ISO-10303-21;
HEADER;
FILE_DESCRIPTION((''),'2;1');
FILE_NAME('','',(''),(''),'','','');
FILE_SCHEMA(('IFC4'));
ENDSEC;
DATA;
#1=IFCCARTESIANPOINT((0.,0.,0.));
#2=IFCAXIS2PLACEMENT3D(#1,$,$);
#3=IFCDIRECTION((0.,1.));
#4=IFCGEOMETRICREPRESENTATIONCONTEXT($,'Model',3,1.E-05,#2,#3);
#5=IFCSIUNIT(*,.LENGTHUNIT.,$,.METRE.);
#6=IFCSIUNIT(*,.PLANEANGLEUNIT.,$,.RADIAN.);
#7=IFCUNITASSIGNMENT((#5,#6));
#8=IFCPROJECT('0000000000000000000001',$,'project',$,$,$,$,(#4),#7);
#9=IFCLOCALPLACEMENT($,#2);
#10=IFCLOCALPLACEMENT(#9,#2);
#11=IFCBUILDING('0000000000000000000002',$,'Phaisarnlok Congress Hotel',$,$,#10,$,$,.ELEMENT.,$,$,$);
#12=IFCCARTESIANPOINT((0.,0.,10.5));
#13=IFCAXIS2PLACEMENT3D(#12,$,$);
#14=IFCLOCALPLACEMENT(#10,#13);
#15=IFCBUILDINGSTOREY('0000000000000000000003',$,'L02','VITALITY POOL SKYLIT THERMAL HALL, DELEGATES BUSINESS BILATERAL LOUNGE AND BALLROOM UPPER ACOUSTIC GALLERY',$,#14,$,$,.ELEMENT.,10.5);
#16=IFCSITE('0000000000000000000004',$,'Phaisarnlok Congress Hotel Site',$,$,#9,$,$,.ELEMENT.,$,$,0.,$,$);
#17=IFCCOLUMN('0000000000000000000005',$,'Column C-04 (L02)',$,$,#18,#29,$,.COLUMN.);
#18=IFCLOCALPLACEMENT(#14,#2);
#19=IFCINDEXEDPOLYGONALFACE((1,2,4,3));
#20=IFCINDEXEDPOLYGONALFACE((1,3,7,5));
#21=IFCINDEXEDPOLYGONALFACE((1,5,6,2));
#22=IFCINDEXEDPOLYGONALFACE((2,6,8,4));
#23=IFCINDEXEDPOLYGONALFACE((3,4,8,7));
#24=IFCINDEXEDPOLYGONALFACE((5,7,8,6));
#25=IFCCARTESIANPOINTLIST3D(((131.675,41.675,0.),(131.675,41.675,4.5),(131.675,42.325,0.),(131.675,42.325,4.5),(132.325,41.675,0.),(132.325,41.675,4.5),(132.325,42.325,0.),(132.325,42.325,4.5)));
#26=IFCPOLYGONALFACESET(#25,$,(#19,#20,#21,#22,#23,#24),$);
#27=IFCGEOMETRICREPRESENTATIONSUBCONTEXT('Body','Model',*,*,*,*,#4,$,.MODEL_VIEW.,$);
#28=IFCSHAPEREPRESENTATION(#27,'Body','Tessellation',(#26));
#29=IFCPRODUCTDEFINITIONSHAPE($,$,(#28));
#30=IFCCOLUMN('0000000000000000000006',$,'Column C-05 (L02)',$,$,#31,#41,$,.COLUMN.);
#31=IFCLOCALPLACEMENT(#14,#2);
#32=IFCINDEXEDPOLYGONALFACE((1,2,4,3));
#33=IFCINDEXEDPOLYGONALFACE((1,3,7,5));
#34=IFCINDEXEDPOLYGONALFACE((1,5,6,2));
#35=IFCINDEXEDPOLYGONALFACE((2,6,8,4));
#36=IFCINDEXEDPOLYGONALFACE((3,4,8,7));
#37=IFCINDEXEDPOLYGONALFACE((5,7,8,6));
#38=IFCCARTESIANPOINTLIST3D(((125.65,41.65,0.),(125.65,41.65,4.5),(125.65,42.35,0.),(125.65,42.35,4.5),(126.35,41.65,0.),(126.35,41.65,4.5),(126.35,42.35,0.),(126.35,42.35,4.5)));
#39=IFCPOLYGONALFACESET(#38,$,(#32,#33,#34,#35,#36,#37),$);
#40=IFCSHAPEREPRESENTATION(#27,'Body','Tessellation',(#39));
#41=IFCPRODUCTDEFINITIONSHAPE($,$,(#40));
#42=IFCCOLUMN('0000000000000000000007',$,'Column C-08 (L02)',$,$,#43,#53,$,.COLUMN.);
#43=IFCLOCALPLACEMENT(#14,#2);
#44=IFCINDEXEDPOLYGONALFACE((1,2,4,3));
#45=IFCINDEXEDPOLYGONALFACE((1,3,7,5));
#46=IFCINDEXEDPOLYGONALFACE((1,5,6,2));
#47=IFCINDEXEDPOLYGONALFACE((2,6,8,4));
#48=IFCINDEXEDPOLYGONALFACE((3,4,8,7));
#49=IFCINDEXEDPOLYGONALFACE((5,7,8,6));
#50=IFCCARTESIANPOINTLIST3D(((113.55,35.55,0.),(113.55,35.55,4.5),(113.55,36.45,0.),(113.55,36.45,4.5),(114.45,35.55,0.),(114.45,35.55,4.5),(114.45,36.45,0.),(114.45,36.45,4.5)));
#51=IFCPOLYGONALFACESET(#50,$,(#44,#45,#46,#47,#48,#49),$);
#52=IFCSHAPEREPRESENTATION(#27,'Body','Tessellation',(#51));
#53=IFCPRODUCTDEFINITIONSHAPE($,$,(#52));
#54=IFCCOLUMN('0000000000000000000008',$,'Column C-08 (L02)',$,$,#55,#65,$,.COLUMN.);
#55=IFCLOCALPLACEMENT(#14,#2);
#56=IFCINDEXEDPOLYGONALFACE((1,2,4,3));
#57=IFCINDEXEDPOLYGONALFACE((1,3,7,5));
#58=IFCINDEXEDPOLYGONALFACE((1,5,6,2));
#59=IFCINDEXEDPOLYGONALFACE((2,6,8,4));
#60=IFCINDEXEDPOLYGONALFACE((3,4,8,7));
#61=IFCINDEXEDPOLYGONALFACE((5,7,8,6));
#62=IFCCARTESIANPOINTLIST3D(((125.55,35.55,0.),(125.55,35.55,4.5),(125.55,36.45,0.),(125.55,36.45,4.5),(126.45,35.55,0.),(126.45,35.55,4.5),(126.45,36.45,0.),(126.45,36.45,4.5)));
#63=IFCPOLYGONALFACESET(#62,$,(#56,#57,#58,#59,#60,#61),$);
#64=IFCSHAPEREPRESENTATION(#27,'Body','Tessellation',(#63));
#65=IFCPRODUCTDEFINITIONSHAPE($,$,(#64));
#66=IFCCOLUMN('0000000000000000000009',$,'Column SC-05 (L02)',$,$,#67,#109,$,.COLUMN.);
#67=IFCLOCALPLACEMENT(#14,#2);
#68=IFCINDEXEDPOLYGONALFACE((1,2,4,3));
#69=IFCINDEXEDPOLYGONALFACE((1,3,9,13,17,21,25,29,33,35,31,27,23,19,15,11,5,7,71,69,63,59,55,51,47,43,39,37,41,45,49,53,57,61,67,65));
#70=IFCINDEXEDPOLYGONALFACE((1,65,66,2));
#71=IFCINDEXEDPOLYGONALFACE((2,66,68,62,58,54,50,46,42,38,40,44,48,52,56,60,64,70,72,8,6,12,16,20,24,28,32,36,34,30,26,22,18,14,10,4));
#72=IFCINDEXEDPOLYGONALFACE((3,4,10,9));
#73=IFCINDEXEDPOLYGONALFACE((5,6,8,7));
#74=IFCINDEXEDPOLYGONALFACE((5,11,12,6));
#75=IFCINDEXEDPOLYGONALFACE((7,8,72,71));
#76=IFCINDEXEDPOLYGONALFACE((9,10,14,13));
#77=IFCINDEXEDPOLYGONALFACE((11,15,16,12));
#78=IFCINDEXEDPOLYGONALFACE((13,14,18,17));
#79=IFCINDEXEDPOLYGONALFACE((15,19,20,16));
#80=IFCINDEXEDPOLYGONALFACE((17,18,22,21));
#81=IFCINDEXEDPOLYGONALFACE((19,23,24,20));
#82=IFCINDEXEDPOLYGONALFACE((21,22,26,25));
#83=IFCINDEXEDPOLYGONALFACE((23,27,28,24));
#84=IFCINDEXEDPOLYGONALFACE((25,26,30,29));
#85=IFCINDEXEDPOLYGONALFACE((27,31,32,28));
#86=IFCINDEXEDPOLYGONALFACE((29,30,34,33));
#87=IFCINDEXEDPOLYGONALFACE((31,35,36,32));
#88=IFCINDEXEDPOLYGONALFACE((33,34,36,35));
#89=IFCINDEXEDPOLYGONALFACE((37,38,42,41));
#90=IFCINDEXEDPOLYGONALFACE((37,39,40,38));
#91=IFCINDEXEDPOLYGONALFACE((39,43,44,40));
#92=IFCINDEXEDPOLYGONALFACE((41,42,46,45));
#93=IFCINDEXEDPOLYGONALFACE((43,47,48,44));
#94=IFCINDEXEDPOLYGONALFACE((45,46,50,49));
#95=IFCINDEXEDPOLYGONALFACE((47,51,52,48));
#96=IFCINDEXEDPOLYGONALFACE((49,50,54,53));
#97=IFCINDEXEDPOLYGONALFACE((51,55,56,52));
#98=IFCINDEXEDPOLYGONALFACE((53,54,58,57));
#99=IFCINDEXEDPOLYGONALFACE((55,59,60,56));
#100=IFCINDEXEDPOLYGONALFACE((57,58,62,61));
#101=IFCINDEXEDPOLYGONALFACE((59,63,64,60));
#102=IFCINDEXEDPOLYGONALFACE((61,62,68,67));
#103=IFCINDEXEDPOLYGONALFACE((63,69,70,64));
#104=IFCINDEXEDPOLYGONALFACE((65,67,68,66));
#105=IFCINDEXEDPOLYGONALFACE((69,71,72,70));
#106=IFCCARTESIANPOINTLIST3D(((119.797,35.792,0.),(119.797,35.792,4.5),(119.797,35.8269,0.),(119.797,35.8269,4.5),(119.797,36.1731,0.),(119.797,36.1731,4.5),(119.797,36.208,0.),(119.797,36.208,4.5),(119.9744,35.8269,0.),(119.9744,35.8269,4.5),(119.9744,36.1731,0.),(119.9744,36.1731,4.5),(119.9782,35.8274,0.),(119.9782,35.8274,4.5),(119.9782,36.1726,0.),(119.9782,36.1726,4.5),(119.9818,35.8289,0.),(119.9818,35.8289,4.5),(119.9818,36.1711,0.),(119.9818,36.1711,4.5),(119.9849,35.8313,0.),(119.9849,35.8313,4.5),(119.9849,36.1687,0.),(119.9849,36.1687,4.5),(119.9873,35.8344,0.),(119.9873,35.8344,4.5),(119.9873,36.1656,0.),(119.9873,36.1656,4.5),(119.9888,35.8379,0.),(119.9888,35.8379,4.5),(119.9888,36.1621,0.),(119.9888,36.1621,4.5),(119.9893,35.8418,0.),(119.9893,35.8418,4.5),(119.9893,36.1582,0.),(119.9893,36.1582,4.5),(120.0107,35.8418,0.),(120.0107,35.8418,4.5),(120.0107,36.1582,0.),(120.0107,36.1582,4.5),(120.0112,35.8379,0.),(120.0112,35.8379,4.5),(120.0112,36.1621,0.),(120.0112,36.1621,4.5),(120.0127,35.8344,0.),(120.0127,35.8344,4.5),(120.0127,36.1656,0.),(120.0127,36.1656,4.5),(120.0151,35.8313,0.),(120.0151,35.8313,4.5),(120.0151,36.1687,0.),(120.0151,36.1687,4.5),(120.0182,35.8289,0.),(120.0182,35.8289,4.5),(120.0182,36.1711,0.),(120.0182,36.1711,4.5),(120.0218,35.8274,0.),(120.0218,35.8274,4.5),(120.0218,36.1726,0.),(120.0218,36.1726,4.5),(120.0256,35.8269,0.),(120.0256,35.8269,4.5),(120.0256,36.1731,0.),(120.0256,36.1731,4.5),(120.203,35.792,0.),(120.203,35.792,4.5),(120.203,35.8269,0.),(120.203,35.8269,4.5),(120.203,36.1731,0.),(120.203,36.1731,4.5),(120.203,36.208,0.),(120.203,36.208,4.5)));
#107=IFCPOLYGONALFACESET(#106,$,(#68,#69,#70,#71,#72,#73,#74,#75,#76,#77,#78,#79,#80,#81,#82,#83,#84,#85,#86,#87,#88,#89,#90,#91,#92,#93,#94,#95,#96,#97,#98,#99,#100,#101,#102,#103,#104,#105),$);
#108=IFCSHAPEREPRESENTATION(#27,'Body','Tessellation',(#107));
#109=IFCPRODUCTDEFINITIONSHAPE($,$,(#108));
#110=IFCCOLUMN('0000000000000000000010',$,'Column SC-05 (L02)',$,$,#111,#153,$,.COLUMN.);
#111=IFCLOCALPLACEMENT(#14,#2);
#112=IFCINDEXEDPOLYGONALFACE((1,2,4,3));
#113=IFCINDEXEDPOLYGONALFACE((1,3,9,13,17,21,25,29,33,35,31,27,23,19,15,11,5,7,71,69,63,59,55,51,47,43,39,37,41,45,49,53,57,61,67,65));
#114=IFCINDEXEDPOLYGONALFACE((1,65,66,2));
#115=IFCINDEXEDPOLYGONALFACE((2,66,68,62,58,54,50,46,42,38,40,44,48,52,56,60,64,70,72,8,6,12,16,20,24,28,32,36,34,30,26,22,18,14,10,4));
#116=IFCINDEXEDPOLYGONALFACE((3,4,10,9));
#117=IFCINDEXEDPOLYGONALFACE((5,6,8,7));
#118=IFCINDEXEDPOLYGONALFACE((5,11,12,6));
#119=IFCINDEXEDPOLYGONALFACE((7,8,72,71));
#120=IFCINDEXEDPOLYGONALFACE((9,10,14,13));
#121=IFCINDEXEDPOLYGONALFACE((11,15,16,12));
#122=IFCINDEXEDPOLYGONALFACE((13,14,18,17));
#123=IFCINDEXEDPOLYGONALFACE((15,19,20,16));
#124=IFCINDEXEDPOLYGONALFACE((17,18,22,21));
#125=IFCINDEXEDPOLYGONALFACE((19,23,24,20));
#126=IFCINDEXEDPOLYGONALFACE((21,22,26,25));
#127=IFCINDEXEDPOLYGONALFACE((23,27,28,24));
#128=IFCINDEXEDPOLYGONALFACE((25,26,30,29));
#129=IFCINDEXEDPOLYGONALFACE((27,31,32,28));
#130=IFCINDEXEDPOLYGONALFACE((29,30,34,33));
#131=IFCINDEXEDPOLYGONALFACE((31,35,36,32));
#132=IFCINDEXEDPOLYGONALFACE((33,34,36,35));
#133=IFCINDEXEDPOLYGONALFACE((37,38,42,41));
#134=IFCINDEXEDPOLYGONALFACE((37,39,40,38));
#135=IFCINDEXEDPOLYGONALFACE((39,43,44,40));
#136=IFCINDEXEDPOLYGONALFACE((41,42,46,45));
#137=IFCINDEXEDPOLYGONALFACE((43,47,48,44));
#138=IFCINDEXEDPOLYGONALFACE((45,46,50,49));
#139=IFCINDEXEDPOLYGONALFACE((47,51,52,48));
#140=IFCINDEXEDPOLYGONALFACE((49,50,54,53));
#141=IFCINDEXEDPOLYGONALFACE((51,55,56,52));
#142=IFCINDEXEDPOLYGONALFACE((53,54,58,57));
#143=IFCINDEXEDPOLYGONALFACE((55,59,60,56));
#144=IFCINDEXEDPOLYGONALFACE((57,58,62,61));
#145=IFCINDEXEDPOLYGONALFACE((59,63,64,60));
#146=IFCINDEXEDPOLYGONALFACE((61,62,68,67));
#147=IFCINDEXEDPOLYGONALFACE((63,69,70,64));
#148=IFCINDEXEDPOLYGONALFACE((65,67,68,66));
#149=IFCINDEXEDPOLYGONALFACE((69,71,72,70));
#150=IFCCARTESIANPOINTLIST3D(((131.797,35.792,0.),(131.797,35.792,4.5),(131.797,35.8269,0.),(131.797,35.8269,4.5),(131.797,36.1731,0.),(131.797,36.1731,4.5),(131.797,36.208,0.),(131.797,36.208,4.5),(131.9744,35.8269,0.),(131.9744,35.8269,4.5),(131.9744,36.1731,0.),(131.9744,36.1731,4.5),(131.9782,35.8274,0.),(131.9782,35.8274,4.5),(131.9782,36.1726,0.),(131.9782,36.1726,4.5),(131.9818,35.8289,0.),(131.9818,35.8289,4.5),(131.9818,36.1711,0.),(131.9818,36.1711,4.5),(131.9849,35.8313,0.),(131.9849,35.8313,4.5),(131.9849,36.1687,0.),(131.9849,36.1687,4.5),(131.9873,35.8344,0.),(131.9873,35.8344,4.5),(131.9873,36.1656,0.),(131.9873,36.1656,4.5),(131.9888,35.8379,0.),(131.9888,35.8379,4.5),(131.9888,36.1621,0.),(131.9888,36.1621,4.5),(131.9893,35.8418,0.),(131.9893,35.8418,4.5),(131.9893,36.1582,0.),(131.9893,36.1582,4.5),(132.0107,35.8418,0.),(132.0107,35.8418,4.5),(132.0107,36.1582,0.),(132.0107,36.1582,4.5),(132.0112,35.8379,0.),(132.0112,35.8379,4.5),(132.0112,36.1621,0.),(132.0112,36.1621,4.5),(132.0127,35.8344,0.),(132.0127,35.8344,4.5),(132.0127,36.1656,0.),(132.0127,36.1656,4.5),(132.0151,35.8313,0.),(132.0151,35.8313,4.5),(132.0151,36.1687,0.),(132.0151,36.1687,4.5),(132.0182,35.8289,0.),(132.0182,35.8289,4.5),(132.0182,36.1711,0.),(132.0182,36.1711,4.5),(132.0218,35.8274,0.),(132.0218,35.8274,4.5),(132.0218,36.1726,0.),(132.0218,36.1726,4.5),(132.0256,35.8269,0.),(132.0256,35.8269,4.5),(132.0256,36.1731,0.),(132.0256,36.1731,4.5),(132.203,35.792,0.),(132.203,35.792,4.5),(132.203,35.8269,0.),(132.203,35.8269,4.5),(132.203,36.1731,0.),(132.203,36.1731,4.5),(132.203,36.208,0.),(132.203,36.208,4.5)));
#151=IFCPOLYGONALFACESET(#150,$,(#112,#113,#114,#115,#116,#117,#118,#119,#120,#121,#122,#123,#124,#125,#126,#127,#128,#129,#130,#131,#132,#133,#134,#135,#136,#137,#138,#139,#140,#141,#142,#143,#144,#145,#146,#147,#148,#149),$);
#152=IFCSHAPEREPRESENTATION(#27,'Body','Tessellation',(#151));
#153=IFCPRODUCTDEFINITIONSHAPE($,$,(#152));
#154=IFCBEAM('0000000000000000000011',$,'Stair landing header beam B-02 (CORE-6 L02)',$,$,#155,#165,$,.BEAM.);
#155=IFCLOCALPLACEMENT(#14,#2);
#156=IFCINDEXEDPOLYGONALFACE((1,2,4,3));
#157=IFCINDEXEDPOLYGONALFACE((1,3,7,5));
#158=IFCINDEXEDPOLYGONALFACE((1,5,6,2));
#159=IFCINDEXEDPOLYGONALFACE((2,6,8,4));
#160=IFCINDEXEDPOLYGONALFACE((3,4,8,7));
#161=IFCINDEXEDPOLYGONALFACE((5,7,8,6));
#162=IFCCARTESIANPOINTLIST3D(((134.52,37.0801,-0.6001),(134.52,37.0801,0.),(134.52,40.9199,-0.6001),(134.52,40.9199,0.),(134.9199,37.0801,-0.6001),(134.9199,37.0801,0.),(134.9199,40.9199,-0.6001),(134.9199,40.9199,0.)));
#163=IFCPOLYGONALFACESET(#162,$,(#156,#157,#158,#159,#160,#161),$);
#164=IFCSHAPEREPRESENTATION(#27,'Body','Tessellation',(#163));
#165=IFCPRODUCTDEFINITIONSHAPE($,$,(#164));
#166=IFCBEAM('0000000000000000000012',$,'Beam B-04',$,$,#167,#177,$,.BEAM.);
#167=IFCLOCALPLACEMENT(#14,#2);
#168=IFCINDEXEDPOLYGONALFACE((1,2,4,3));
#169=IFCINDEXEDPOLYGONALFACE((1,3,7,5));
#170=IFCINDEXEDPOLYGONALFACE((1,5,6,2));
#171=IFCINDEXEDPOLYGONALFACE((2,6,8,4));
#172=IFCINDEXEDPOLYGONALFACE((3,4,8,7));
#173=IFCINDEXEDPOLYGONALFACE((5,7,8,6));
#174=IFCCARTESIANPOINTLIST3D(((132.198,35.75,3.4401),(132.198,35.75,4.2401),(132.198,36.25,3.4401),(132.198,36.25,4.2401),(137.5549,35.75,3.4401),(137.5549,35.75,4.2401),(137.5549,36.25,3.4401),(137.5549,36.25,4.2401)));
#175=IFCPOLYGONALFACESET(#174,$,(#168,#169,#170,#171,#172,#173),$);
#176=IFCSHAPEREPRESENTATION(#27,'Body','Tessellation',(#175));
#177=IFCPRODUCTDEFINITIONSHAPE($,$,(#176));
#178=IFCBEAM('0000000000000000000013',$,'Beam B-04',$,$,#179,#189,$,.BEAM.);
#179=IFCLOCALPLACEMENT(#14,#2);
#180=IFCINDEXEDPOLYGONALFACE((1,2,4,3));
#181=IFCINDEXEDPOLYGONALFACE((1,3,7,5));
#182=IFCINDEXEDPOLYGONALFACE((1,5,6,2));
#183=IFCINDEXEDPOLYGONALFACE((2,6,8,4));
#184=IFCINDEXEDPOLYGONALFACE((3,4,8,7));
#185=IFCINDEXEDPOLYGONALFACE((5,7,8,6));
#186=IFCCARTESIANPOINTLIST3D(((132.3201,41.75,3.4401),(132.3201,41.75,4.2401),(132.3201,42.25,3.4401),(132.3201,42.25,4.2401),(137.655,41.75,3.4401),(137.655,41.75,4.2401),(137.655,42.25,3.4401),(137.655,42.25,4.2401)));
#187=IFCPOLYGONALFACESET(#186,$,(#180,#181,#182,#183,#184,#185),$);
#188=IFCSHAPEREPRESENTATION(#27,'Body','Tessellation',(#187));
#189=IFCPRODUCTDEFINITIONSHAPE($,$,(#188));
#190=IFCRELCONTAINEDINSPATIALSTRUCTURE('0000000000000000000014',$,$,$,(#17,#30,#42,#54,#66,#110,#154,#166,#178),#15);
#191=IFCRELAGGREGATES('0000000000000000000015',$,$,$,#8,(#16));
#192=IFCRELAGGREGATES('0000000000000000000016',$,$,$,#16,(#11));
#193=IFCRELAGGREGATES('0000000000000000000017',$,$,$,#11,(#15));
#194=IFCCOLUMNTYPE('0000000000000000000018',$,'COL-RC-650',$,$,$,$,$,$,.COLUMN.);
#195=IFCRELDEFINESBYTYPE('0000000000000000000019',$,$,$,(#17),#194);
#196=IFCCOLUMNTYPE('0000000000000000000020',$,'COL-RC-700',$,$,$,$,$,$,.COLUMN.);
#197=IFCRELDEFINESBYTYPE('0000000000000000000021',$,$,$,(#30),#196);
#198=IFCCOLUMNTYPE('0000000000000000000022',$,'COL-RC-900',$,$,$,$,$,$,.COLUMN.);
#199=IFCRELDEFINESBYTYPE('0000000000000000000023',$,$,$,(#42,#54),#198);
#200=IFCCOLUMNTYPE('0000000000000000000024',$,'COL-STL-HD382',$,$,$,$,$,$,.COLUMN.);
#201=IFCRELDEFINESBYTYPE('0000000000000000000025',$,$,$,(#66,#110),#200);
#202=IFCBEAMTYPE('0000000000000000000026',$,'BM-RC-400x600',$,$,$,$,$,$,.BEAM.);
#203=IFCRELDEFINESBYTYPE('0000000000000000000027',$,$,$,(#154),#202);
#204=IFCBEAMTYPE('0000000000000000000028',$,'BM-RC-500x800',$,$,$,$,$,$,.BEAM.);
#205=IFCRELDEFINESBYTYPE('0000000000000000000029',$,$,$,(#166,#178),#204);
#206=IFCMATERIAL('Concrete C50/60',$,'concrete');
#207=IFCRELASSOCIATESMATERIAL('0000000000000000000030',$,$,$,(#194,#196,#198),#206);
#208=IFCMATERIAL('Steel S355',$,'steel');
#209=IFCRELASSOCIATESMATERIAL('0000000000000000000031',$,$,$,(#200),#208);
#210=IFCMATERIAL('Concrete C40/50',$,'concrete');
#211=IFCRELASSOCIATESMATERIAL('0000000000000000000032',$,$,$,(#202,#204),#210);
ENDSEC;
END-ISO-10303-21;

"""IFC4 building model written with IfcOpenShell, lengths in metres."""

from ifc_helpers import new_model, si_unit, direction, frame, origin, origin_2d, place, context, subcontext, project, spatial, rectangle, i_section, extrude, material, material_profile, profile_set, type_object, element, save


model = new_model("IFC4")

# Units and contexts
model_context = context("Model", 3, precision=1e-05, world=origin(), true_north=direction((0.0, 1.0)))
body_context = subcontext(model_context, "Body", "Model", "MODEL_VIEW")
ifc_project = project(units=[si_unit("LENGTHUNIT", "METRE"), si_unit("PLANEANGLEUNIT", "RADIAN")], contexts=[model_context])

# Site, building, storey
site_placement = place(None, origin())
site = spatial("IfcSite", under=ifc_project, at=site_placement, Name="Phaisarnlok Congress Hotel Site", CompositionType="ELEMENT", RefElevation=0.0)
building_placement = place(site_placement, origin())
building = spatial("IfcBuilding", under=site, at=building_placement, Name="Phaisarnlok Congress Hotel", CompositionType="ELEMENT")
storey_placement = place(building_placement, frame((0.0, 0.0, 10.5)))
storey = spatial("IfcBuildingStorey", under=building, at=storey_placement, Name="L02", Description="VITALITY POOL SKYLIT THERMAL HALL, DELEGATES BUSINESS BILATERAL LOUNGE AND BALLROOM UPPER ACOUSTIC GALLERY", CompositionType="ELEMENT", Elevation=10.5)

# Columns
ifc_material_1 = material(Name="Concrete C50/60", Category="concrete")
ifc_material_profile_1 = material_profile(ifc_material_1, rectangle(XDim=0.6499, YDim=0.6499, at=origin_2d()), Name="RC 650x650")
ifc_profile_set_1 = profile_set([ifc_material_profile_1], Name="Concrete C50/60")
column_type_1 = type_object("IfcColumnType", Name="COL-RC-650", PredefinedType="COLUMN", material=ifc_profile_set_1)
column_1_placement = place(storey_placement, frame((132.0, 42.0, 0.0), z_axis=(0.0, 0.0, 1.0), x_axis=(1.0, 0.0, 0.0)))
element("IfcColumn", 1, at=column_1_placement, inside=storey, type_object=column_type_1, Name="Column C-04 (L02)", PredefinedType="COLUMN", context=body_context, shape_type="SweptSolid", body=[
    extrude(rectangle(XDim=0.6499, YDim=0.6499, at=origin_2d()), origin(), (0.0, 0.0, 1.0), 4.5),
])
ifc_material_profile_2 = material_profile(ifc_material_1, rectangle(XDim=0.7, YDim=0.7, at=origin_2d()), Name="RC 700x700")
ifc_profile_set_2 = profile_set([ifc_material_profile_2], Name="Concrete C50/60")
column_type_2 = type_object("IfcColumnType", Name="COL-RC-700", PredefinedType="COLUMN", material=ifc_profile_set_2)
column_2_placement = place(storey_placement, frame((126.0, 42.0, 0.0), z_axis=(0.0, 0.0, 1.0), x_axis=(1.0, 0.0, 0.0)))
element("IfcColumn", 2, at=column_2_placement, inside=storey, type_object=column_type_2, Name="Column C-05 (L02)", PredefinedType="COLUMN", context=body_context, shape_type="SweptSolid", body=[
    extrude(rectangle(XDim=0.7, YDim=0.7, at=origin_2d()), origin(), (0.0, 0.0, 1.0), 4.5),
])
ifc_material_profile_3 = material_profile(ifc_material_1, rectangle(XDim=0.8999, YDim=0.8999, at=origin_2d()), Name="RC 900x900")
ifc_profile_set_3 = profile_set([ifc_material_profile_3], Name="Concrete C50/60")
column_type_3 = type_object("IfcColumnType", Name="COL-RC-900", PredefinedType="COLUMN", material=ifc_profile_set_3)
for number, where, z_axis, x_axis, name in (
    (3, (114.0, 36.0, 0.0), (0.0, 0.0, 1.0), (1.0, 0.0, 0.0), "Column C-08 (L02)"),
    (4, (126.0, 36.0, 0.0), (0.0, 0.0, 1.0), (1.0, 0.0, 0.0), "Column C-08 (L02)"),
):
    element("IfcColumn", number, at=place(storey_placement, frame(where, z_axis=z_axis, x_axis=x_axis)), inside=storey, type_object=column_type_3, Name=name, PredefinedType="COLUMN", context=body_context, shape_type="SweptSolid", body=[
        extrude(rectangle(XDim=0.8999, YDim=0.8999, at=origin_2d()), origin(), (0.0, 0.0, 1.0), 4.5),
    ])
ifc_material_2 = material(Name="Steel S355", Category="steel")
ifc_material_profile_4 = material_profile(ifc_material_2, i_section(OverallWidth=0.406, OverallDepth=0.416, WebThickness=0.0215, FlangeThickness=0.0349, FilletRadius=0.0149, at=origin_2d()), Name="HD 400x382")
ifc_profile_set_4 = profile_set([ifc_material_profile_4], Name="Steel S355")
column_type_4 = type_object("IfcColumnType", Name="COL-STL-HD382", PredefinedType="COLUMN", material=ifc_profile_set_4)
for number, where, z_axis, x_axis, name in (
    (5, (120.0, 36.0, 0.0), (0.0, 0.0, 1.0), (1.0, 0.0, 0.0), "Column SC-05 (L02)"),
    (6, (132.0, 36.0, 0.0), (0.0, 0.0, 1.0), (1.0, 0.0, 0.0), "Column SC-05 (L02)"),
):
    element("IfcColumn", number, at=place(storey_placement, frame(where, z_axis=z_axis, x_axis=x_axis)), inside=storey, type_object=column_type_4, Name=name, PredefinedType="COLUMN", context=body_context, shape_type="SweptSolid", body=[
        extrude(i_section(OverallWidth=0.406, OverallDepth=0.416, WebThickness=0.0215, FlangeThickness=0.0349, FilletRadius=0.0149, at=origin_2d()), origin(), (0.0, 0.0, 1.0), 4.5),
    ])

# Beams
ifc_material_3 = material(Name="Concrete C40/50", Category="concrete")
ifc_material_profile_5 = material_profile(ifc_material_3, rectangle(XDim=0.3999, YDim=0.6001, at=origin_2d()), Name="RC 400x600")
ifc_profile_set_5 = profile_set([ifc_material_profile_5], Name="Concrete C40/50")
beam_type_1 = type_object("IfcBeamType", Name="BM-RC-400x600", PredefinedType="BEAM", material=ifc_profile_set_5)
beam_1_placement = place(storey_placement, frame((134.72, 37.0801, -0.3), z_axis=(0.0, 1.0, 0.0), x_axis=(-1.0, 0.0, 0.0)))
element("IfcBeam", 7, at=beam_1_placement, inside=storey, type_object=beam_type_1, Name="Stair landing header beam B-02 (CORE-6 L02)", PredefinedType="BEAM", context=body_context, shape_type="SweptSolid", body=[
    extrude(rectangle(XDim=0.3999, YDim=0.6001, at=origin_2d()), origin(), (0.0, 0.0, 1.0), 3.8398),
])
ifc_material_profile_6 = material_profile(ifc_material_3, rectangle(XDim=0.5, YDim=0.8, at=origin_2d()), Name="RC 500x800")
ifc_profile_set_6 = profile_set([ifc_material_profile_6], Name="Concrete C40/50")
beam_type_2 = type_object("IfcBeamType", Name="BM-RC-500x800", PredefinedType="BEAM", material=ifc_profile_set_6)
beam_2_placement = place(storey_placement, frame((132.198, 36.0, 3.8401), z_axis=(1.0, 0.0, 0.0), x_axis=(0.0, 1.0, 0.0)))
element("IfcBeam", 8, at=beam_2_placement, inside=storey, type_object=beam_type_2, Name="Beam B-04", PredefinedType="BEAM", context=body_context, shape_type="SweptSolid", body=[
    extrude(rectangle(XDim=0.5, YDim=0.8, at=origin_2d()), origin(), (0.0, 0.0, 1.0), 5.3569),
])
beam_3_placement = place(storey_placement, frame((132.3201, 42.0, 3.8401), z_axis=(1.0, 0.0, 0.0), x_axis=(0.0, 1.0, 0.0)))
element("IfcBeam", 9, at=beam_3_placement, inside=storey, type_object=beam_type_2, Name="Beam B-04", PredefinedType="BEAM", context=body_context, shape_type="SweptSolid", body=[
    extrude(rectangle(XDim=0.5, YDim=0.8, at=origin_2d()), origin(), (0.0, 0.0, 1.0), 5.335),
])

save(model, "model.ifc")
